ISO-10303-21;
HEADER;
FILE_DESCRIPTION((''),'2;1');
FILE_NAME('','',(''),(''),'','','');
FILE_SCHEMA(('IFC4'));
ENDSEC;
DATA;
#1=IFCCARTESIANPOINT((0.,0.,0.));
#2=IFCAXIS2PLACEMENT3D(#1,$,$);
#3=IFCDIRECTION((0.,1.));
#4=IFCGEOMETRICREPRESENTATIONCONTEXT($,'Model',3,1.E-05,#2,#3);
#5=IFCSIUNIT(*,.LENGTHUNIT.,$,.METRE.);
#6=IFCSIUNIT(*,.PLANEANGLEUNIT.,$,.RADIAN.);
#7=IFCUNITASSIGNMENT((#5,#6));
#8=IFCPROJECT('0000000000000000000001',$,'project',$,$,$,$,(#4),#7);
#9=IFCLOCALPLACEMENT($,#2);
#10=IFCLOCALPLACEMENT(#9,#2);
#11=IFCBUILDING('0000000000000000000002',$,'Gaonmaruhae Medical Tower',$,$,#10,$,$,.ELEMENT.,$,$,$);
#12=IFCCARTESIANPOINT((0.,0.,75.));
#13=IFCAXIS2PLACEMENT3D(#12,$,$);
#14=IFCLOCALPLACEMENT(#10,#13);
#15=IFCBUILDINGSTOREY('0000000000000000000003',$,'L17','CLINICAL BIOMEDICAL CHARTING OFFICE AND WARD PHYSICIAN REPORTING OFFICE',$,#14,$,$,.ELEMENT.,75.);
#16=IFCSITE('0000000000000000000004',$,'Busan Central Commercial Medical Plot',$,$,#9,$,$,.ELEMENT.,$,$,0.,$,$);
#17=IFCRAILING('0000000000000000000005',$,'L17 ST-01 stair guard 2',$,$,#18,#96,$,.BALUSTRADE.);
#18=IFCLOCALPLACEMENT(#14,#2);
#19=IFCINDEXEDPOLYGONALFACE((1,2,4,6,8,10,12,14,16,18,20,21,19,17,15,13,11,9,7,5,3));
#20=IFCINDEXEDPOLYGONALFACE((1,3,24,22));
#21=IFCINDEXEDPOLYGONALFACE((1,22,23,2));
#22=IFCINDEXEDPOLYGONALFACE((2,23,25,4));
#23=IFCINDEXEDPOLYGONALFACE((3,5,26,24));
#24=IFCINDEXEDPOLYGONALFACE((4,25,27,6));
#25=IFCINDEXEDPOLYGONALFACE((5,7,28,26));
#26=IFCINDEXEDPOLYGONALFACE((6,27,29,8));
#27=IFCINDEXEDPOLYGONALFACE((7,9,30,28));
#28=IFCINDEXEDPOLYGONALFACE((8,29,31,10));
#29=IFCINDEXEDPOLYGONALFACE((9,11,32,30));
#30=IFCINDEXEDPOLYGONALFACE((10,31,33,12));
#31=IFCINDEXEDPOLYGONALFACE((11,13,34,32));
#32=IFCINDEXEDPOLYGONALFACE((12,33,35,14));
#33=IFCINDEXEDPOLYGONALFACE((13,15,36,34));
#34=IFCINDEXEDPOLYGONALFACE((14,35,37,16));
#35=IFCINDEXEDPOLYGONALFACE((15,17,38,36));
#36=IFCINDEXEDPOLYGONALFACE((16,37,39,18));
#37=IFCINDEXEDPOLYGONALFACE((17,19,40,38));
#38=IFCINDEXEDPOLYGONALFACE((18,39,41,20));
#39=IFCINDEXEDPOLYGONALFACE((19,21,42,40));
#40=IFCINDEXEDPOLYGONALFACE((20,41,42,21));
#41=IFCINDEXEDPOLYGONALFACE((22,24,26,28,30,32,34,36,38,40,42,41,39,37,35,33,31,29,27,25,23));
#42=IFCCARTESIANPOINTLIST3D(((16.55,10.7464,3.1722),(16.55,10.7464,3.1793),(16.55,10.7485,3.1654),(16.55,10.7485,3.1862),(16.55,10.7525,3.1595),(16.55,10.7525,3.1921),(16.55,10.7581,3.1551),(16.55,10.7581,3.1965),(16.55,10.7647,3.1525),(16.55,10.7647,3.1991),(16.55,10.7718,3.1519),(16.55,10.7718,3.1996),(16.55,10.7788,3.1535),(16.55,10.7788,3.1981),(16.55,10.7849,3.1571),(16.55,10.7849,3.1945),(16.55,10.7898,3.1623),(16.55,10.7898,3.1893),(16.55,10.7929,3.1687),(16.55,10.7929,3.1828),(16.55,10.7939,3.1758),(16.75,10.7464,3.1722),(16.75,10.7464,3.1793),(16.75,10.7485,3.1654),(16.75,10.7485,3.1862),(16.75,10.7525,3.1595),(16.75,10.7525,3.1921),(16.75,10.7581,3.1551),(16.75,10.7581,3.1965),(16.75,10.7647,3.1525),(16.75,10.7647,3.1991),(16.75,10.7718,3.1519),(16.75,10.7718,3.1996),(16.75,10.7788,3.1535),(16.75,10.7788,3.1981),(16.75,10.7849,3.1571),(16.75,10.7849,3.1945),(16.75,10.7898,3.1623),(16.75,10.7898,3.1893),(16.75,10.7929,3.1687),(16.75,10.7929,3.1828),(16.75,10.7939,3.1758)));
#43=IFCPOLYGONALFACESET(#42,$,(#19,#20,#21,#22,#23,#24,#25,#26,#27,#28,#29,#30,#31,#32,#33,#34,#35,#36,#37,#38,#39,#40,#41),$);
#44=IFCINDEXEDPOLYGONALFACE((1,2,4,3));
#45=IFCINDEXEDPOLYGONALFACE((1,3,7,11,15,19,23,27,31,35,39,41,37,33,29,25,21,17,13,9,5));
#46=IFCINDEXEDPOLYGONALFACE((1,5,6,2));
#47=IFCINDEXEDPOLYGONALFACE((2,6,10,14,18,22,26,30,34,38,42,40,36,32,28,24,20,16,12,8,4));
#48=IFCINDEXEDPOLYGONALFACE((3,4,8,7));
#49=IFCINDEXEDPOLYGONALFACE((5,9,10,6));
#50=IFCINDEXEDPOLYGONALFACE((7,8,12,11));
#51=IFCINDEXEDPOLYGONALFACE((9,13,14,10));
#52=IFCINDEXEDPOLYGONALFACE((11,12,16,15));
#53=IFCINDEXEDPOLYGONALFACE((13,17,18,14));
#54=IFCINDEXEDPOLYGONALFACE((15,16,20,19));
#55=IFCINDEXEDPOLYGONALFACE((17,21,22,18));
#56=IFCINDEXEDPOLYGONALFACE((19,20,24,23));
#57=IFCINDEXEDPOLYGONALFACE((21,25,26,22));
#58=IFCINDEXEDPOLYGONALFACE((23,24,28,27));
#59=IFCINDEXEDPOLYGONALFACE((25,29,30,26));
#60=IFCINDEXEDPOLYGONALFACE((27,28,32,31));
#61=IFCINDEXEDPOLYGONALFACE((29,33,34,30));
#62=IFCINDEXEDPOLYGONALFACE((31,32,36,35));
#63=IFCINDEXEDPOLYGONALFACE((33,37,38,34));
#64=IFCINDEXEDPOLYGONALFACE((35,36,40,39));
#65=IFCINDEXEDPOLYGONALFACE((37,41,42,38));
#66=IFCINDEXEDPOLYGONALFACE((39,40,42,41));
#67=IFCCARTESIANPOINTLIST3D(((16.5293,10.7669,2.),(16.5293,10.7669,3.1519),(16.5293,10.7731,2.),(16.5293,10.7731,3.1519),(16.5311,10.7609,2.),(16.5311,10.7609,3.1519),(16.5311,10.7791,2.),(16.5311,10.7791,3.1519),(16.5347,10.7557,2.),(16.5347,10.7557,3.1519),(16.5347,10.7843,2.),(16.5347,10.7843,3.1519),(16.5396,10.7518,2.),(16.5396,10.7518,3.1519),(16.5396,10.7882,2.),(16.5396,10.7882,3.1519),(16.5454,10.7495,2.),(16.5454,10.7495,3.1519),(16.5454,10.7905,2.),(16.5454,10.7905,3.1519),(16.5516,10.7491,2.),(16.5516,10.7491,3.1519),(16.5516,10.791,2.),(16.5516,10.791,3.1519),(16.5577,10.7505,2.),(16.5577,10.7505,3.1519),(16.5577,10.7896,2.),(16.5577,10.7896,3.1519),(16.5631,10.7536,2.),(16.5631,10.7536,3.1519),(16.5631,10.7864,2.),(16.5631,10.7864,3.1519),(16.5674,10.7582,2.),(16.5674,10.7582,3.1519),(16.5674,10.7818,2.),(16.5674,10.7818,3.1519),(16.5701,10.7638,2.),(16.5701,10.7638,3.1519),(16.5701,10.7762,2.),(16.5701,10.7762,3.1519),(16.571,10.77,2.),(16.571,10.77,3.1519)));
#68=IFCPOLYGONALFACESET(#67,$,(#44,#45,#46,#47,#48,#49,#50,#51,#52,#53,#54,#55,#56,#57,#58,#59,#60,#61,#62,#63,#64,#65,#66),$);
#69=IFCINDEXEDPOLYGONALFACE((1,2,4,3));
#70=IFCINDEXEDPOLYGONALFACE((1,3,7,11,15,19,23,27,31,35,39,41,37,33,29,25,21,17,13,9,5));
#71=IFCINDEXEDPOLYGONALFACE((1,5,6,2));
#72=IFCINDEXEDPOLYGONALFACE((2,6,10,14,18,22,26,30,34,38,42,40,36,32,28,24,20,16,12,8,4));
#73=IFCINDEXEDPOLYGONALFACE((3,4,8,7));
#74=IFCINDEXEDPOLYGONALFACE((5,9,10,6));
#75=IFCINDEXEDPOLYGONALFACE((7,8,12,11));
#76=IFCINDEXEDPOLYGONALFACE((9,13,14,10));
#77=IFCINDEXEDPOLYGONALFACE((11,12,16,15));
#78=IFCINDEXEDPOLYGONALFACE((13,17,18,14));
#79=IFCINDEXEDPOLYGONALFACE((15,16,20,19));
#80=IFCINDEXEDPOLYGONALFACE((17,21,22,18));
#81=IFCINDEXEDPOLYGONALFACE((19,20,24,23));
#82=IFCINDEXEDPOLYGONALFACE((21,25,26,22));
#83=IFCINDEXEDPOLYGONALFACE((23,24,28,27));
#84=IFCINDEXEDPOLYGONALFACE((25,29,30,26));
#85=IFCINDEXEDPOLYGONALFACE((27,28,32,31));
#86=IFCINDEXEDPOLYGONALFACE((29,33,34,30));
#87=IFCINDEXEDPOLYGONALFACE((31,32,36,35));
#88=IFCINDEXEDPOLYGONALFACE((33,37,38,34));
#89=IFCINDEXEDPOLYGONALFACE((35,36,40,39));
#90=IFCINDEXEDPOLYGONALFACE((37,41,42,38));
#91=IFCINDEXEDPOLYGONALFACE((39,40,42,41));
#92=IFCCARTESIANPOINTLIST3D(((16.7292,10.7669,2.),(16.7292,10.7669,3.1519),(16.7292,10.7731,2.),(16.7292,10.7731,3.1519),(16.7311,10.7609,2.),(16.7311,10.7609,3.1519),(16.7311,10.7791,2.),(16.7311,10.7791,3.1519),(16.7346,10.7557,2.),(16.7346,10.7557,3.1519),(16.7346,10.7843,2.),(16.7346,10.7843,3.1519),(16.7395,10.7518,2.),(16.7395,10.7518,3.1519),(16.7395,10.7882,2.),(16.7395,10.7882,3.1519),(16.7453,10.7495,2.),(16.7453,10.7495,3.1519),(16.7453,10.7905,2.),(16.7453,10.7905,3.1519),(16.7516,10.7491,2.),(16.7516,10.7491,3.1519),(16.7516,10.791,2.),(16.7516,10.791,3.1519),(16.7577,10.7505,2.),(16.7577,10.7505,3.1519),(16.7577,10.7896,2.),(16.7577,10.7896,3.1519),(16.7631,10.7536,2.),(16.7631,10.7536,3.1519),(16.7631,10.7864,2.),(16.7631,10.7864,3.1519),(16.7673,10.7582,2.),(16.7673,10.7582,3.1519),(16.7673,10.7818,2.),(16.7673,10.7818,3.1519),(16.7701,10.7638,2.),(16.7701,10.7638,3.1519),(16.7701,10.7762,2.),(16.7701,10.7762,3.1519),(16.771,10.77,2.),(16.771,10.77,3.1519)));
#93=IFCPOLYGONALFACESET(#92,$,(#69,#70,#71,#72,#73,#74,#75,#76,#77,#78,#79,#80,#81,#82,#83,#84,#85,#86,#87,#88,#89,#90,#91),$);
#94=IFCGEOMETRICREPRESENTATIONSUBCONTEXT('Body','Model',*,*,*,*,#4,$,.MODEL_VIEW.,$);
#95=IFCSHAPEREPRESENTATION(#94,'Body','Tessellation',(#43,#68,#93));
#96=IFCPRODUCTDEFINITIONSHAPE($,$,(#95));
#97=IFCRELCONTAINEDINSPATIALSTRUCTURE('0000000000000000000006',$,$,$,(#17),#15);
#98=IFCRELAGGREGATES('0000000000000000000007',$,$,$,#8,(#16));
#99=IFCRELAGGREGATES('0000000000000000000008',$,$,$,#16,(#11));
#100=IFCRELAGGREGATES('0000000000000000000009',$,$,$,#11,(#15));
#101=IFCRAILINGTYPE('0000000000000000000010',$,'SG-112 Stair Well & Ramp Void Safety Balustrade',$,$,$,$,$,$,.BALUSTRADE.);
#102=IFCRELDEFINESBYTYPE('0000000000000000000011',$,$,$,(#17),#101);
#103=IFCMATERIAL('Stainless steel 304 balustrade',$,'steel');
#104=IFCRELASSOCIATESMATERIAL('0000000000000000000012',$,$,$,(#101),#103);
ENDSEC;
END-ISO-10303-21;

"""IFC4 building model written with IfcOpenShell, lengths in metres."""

from ifc_helpers import new_model, si_unit, direction, frame, origin, origin_2d, place, context, subcontext, project, spatial, circle, extrude, material, type_object, element, save


model = new_model("IFC4")

# Units and contexts
model_context = context("Model", 3, precision=1e-05, world=origin(), true_north=direction((0.0, 1.0)))
body_context = subcontext(model_context, "Body", "Model", "MODEL_VIEW")
ifc_project = project(units=[si_unit("LENGTHUNIT", "METRE"), si_unit("PLANEANGLEUNIT", "RADIAN")], contexts=[model_context])

# Site, building, storey
site_placement = place(None, origin())
site = spatial("IfcSite", under=ifc_project, at=site_placement, Name="Busan Central Commercial Medical Plot", CompositionType="ELEMENT", RefElevation=0.0)
building_placement = place(site_placement, origin())
building = spatial("IfcBuilding", under=site, at=building_placement, Name="Gaonmaruhae Medical Tower", CompositionType="ELEMENT")
storey_placement = place(building_placement, frame((0.0, 0.0, 75.0)))
storey = spatial("IfcBuildingStorey", under=building, at=storey_placement, Name="L17", Description="CLINICAL BIOMEDICAL CHARTING OFFICE AND WARD PHYSICIAN REPORTING OFFICE", CompositionType="ELEMENT", Elevation=75.0)

# Railing
ifc_material_1 = material(Name="Stainless steel 304 balustrade", Category="steel")
railing_type_1 = type_object("IfcRailingType", Name="SG-112 Stair Well & Ramp Void Safety Balustrade", PredefinedType="BALUSTRADE", material=ifc_material_1)
railing_1_placement = place(storey_placement, frame((16.55, 10.77, 2.0)))
element("IfcRailing", 1, at=railing_1_placement, inside=storey, type_object=railing_type_1, Name="L17 ST-01 stair guard 2", PredefinedType="BALUSTRADE", context=body_context, shape_type="SweptSolid", body=[
    extrude(circle(Radius=0.0239, at=origin_2d()), frame((0.0, 0.0, 1.1758), z_axis=(1.0, 0.0, 0.0), x_axis=(0.0, 1.0, 0.0)), (0.0, 0.0, 1.0), 0.2),
    extrude(circle(Radius=0.021, at=origin_2d()), origin(), (0.0, 0.0, 1.0), 1.1519),
    extrude(circle(Radius=0.021, at=origin_2d()), frame((0.2, 0.0, 0.0)), (0.0, 0.0, 1.0), 1.1519),
])

save(model, "model.ifc")
